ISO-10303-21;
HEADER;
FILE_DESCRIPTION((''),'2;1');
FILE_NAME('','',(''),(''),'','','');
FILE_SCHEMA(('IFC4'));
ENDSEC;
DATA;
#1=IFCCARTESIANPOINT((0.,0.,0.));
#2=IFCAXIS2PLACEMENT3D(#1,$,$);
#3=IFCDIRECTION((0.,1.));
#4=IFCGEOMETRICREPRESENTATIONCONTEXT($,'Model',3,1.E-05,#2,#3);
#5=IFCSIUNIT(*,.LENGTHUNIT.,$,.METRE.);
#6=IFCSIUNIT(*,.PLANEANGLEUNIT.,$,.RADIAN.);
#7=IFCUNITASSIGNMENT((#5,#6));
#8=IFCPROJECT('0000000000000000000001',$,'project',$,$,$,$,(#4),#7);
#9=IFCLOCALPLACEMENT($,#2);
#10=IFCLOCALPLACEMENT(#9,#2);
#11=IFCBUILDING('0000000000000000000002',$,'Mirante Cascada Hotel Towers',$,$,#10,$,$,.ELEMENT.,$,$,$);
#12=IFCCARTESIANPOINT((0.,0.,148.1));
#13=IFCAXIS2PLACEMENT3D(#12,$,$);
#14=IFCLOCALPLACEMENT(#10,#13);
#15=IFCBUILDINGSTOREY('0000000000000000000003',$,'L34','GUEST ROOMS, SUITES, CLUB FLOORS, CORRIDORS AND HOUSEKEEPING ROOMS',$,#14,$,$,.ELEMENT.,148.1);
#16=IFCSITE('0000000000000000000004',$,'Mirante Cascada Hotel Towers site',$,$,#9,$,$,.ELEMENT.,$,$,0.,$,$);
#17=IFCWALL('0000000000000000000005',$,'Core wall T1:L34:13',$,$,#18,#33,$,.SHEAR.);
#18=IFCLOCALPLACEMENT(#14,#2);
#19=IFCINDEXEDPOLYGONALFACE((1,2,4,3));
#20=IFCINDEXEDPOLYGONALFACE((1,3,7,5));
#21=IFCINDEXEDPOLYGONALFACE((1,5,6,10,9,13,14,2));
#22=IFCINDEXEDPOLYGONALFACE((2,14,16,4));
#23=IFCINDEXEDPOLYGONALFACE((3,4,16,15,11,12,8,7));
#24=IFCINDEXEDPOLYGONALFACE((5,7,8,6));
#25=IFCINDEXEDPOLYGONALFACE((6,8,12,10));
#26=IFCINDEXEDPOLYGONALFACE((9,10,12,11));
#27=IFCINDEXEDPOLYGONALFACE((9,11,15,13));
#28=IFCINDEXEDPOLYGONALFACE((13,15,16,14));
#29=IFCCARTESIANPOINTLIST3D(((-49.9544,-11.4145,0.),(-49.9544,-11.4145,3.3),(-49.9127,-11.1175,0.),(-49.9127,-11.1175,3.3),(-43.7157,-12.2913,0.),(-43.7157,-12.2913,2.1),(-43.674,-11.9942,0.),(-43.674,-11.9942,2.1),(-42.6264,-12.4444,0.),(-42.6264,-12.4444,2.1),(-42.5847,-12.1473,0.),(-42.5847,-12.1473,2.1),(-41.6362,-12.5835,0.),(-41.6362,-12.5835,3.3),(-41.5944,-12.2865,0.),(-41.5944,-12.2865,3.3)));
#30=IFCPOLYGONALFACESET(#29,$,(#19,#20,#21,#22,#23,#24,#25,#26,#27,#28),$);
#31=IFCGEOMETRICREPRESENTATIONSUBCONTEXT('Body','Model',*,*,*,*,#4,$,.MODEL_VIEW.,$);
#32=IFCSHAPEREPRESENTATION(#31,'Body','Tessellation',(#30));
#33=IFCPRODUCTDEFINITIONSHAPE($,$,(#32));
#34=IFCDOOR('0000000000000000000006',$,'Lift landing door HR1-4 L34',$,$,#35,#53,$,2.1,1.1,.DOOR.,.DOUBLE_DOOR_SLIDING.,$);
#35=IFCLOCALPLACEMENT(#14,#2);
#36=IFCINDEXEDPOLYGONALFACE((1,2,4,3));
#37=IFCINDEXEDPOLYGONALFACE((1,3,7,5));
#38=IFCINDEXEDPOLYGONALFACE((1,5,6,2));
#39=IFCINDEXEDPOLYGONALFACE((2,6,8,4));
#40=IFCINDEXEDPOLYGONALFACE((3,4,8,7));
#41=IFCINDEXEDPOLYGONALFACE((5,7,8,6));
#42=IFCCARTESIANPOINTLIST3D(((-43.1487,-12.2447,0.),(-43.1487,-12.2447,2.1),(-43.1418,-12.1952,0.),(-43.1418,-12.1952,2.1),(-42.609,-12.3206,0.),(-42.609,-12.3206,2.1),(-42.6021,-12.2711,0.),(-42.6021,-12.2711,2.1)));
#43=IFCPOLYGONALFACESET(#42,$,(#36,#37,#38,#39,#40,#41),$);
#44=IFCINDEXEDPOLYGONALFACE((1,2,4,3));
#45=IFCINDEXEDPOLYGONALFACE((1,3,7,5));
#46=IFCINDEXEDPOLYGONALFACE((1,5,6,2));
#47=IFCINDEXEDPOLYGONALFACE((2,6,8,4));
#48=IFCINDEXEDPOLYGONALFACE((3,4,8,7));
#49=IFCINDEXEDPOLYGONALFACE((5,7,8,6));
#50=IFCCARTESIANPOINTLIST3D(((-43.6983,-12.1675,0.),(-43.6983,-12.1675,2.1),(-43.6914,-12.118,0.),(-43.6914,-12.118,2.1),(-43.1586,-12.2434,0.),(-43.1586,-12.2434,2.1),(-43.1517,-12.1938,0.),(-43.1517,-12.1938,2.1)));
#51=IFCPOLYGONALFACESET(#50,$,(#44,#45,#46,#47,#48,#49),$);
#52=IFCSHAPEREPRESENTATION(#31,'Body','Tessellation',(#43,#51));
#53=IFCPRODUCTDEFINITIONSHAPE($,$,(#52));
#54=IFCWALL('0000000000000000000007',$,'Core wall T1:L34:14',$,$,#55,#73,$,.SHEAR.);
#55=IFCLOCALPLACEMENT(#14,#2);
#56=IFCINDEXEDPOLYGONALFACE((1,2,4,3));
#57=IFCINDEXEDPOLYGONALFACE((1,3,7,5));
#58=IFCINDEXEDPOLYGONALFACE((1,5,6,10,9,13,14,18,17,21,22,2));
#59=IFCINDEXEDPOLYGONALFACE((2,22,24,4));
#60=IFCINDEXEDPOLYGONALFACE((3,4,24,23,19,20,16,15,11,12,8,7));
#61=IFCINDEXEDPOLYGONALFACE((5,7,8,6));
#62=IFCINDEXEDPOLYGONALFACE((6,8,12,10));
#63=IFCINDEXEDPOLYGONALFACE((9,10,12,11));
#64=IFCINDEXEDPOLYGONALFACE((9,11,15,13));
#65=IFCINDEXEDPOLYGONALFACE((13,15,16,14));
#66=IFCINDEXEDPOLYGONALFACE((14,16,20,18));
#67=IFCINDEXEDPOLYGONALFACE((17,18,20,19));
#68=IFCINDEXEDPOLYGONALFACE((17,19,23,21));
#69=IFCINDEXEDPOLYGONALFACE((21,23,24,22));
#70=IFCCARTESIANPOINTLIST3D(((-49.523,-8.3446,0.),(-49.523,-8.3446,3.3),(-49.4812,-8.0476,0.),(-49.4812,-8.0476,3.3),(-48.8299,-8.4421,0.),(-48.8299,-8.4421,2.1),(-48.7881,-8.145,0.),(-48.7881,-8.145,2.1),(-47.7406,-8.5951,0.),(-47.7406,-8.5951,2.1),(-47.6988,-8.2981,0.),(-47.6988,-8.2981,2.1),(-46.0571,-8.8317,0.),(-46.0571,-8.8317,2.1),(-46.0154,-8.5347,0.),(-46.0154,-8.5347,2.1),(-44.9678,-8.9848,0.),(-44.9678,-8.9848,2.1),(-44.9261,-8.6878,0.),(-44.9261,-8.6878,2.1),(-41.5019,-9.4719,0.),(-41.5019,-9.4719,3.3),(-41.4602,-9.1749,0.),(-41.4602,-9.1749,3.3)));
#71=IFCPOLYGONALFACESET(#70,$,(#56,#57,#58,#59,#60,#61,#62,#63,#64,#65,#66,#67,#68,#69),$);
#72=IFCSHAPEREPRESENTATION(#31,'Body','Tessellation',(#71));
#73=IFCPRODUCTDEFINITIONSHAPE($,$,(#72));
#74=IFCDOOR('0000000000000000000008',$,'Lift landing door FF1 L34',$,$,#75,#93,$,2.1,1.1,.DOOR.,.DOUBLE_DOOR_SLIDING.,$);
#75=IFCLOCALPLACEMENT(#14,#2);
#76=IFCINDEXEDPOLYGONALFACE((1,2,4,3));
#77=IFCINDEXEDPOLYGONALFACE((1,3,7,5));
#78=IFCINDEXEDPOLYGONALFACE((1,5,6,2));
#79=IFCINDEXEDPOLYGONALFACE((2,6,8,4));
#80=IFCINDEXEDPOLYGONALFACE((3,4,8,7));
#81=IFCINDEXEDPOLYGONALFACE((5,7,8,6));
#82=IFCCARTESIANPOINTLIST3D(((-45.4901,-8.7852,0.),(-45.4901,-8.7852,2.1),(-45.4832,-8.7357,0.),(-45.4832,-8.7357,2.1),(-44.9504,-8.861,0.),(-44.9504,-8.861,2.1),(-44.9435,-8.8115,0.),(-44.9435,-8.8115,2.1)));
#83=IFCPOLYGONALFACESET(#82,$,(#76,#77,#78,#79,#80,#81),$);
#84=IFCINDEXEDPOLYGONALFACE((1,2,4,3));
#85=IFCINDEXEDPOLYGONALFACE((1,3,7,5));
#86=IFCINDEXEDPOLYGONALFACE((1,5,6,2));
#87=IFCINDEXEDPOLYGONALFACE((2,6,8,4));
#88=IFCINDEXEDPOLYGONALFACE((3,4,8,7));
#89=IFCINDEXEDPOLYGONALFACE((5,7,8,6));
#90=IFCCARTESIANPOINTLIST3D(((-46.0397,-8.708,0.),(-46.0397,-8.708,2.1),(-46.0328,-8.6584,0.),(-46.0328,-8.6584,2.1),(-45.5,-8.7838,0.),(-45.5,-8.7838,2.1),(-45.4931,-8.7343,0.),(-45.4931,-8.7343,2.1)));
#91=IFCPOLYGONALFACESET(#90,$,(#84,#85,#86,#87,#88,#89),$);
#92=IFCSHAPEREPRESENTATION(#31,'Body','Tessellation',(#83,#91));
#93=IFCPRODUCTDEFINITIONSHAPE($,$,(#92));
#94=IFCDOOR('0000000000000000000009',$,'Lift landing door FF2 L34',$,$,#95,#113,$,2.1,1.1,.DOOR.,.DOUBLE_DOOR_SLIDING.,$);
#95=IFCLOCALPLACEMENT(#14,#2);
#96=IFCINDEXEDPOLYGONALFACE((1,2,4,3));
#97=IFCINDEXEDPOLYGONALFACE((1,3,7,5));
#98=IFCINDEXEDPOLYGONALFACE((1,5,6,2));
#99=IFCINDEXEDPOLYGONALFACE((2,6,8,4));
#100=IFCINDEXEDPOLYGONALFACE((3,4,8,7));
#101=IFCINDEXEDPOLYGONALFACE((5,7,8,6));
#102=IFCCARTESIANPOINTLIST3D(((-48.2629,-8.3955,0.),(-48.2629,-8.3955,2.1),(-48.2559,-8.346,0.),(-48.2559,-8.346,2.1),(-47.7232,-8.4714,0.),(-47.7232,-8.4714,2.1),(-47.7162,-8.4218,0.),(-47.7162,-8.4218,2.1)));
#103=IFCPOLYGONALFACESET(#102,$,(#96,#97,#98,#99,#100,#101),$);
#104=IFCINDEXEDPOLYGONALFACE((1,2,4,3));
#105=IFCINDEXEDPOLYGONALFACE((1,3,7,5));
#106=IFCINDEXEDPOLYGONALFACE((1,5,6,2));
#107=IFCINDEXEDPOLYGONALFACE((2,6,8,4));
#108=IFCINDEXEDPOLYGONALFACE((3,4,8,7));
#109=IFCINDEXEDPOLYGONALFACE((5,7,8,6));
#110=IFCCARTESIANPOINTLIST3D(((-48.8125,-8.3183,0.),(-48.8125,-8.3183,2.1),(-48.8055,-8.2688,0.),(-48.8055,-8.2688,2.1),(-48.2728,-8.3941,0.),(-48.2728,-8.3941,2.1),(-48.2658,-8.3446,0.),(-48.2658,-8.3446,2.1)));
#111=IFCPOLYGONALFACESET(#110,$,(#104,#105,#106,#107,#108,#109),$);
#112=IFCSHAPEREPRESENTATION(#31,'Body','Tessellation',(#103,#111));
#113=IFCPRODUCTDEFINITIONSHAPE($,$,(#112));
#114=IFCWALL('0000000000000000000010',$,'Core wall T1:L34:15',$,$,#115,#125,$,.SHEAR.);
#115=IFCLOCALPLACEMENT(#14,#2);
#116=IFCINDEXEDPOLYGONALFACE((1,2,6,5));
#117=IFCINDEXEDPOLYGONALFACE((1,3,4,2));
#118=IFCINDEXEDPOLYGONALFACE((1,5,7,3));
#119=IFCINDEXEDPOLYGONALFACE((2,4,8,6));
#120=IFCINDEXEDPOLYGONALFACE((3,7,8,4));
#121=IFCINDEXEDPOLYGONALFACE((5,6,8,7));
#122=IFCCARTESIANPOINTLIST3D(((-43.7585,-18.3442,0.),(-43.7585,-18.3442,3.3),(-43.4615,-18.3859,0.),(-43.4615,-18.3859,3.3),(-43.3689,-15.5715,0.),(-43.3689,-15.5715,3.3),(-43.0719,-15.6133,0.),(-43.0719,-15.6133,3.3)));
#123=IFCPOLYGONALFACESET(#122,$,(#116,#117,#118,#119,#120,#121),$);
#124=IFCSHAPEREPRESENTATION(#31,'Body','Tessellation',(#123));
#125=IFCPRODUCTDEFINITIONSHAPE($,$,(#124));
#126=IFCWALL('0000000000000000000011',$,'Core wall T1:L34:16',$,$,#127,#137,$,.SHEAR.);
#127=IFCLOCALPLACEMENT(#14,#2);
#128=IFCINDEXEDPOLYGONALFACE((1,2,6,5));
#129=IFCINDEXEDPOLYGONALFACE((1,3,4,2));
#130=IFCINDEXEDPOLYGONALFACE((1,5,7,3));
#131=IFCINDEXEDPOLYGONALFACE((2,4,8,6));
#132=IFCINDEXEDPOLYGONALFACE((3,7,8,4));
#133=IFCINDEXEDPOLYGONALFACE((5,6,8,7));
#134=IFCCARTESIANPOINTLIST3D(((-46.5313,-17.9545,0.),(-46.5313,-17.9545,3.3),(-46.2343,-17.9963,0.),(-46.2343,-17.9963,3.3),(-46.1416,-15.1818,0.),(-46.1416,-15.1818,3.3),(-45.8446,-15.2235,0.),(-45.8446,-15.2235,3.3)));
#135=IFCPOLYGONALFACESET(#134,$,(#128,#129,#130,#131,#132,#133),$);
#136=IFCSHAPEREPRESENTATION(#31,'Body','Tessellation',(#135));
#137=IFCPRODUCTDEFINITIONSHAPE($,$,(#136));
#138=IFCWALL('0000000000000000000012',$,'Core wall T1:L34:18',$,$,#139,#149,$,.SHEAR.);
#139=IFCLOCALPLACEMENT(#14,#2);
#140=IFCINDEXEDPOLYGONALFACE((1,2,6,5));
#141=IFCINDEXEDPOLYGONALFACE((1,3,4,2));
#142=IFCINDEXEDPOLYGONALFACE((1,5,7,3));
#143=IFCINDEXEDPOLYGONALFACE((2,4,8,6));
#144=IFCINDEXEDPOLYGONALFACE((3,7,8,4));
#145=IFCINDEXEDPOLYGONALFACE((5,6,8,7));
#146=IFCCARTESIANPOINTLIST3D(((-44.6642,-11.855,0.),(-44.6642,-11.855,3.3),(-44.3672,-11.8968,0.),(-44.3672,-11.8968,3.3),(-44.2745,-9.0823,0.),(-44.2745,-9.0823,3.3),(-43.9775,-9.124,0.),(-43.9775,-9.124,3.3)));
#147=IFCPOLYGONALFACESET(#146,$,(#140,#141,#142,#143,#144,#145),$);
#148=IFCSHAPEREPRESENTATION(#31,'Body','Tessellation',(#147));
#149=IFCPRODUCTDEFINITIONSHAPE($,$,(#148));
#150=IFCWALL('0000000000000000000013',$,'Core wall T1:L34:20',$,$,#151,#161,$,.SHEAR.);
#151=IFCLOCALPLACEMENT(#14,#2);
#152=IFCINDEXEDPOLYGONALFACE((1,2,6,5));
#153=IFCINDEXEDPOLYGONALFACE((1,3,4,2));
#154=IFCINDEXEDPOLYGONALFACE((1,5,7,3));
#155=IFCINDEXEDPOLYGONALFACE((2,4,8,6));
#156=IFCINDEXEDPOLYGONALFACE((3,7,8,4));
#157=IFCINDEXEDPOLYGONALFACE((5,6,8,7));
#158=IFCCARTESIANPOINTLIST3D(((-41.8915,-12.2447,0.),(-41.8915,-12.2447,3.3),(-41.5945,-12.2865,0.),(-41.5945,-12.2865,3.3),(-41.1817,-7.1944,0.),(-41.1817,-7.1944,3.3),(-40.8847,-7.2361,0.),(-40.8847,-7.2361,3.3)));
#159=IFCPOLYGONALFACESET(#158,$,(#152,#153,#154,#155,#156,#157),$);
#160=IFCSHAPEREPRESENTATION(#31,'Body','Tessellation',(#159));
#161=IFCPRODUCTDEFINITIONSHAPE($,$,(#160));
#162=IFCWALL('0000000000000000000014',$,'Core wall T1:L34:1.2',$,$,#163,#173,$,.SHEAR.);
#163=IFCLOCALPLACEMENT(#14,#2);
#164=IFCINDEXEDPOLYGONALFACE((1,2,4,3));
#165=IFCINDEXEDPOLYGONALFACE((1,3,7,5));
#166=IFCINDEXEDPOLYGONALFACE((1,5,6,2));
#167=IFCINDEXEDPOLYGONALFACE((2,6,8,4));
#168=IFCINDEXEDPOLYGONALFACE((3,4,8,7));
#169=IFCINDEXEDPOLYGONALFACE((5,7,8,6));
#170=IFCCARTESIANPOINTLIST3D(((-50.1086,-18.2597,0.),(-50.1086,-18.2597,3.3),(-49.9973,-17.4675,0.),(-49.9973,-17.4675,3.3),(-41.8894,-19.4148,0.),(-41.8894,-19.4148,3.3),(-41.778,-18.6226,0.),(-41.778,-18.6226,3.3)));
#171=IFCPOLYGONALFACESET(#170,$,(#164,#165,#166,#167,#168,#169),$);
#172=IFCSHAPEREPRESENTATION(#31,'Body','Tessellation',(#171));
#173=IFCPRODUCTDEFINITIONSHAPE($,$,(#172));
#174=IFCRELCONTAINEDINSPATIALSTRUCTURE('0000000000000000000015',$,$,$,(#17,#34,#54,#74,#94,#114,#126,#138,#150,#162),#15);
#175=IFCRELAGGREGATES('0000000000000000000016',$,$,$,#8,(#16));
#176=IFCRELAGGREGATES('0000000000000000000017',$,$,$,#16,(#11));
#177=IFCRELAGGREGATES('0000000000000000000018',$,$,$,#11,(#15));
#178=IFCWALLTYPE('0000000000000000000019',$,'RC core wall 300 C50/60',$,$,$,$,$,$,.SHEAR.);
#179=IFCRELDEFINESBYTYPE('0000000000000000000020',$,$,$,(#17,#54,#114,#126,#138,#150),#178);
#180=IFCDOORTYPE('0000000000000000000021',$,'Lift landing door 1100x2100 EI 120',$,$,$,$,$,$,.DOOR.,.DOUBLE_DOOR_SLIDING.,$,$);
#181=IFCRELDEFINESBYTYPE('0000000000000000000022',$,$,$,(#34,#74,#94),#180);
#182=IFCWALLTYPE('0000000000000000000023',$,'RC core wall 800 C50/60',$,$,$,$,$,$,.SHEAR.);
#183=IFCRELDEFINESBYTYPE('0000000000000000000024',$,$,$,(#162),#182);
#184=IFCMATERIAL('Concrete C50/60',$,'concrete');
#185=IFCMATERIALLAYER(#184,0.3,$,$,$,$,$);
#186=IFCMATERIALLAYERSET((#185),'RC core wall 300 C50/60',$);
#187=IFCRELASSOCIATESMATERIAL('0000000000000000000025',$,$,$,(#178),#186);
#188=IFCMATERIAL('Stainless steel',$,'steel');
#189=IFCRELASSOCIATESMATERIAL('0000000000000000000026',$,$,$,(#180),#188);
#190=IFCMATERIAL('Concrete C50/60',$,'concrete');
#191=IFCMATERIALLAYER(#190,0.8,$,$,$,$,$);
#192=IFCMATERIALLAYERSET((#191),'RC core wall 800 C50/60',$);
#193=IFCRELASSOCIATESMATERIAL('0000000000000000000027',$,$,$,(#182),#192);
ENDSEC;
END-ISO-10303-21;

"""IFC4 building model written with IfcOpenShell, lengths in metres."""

from ifc_helpers import new_model, si_unit, direction, frame, frame_2d, origin, place, context, subcontext, project, spatial, rectangle, extrude, material, layer, layer_set, type_object, element, fill, save


model = new_model("IFC4")

# Units and contexts
model_context = context("Model", 3, precision=1e-05, world=origin(), true_north=direction((0.0, 1.0)))
body_context = subcontext(model_context, "Body", "Model", "MODEL_VIEW")
ifc_project = project(units=[si_unit("LENGTHUNIT", "METRE"), si_unit("PLANEANGLEUNIT", "RADIAN")], contexts=[model_context])

# Site, building, storey
site_placement = place(None, origin())
site = spatial("IfcSite", under=ifc_project, at=site_placement, Name="Mirante Cascada Hotel Towers site", CompositionType="ELEMENT", RefElevation=0.0)
building_placement = place(site_placement, origin())
building = spatial("IfcBuilding", under=site, at=building_placement, Name="Mirante Cascada Hotel Towers", CompositionType="ELEMENT")
storey_placement = place(building_placement, frame((0.0, 0.0, 148.1)))
storey = spatial("IfcBuildingStorey", under=building, at=storey_placement, Name="L34", Description="GUEST ROOMS, SUITES, CLUB FLOORS, CORRIDORS AND HOUSEKEEPING ROOMS", CompositionType="ELEMENT", Elevation=148.1)

# Shared definitions
ifc_material_1 = material(Name="Concrete C50/60", Category="concrete")
ifc_layer_1 = layer(ifc_material_1, 0.3)
ifc_layer_set_1 = layer_set([ifc_layer_1], Name="RC core wall 300 C50/60")
wall_type_1 = type_object("IfcWallType", Name="RC core wall 300 C50/60", PredefinedType="SHEAR", material=ifc_layer_set_1)

# Shared definitions
ifc_material_2 = material(Name="Stainless steel", Category="steel")
door_type_1 = type_object("IfcDoorType", Name="Lift landing door 1100x2100 EI 120", OperationType="DOUBLE_DOOR_SLIDING", PredefinedType="DOOR", material=ifc_material_2)

# Wall, opening, door
wall_1_placement = place(storey_placement, frame((-41.6153, -12.435, 0.0), z_axis=(0.0, 0.0, 1.0), x_axis=(-0.990269, 0.139166, 0.0)))
wall_1 = element("IfcWall", 1, at=wall_1_placement, inside=storey, type_object=wall_type_1, Name="Core wall T1:L34:13", PredefinedType="SHEAR", context=body_context, shape_type="SweptSolid", body=[
    extrude(rectangle(XDim=8.4, YDim=0.3, at=frame_2d((4.2, 0.0))), origin(), (0.0, 0.0, 1.0), 3.3),
])
opening_1_placement = place(wall_1_placement, frame((1.0, 0.0, 0.0)))
opening_1 = element("IfcOpeningElement", 2, at=opening_1_placement, cuts=wall_1, PredefinedType="OPENING", context=body_context, shape_type="SweptSolid", body=[
    extrude(rectangle(XDim=1.1, YDim=2.1, at=frame_2d((0.55, 1.05))), frame((0.0, 0.15, 0.0), z_axis=(0.0, -1.0, 0.0), x_axis=(1.0, 0.0, 0.0)), (0.0, 0.0, 1.0), 0.3),
])
door_1_placement = place(opening_1_placement, origin())
door_1 = element("IfcDoor", 3, at=door_1_placement, inside=storey, type_object=door_type_1, Name="Lift landing door HR1-4 L34", OperationType="DOUBLE_DOOR_SLIDING", OverallHeight=2.1, OverallWidth=1.1, PredefinedType="DOOR", context=body_context, shape_type="SweptSolid", body=[
    extrude(rectangle(XDim=0.545, YDim=2.1, at=frame_2d((0.2725, 1.05))), frame((0.0, 0.025, 0.0), z_axis=(0.0, -1.0, 0.0), x_axis=(1.0, 0.0, 0.0)), (0.0, 0.0, 1.0), 0.05),
    extrude(rectangle(XDim=0.545, YDim=2.1, at=frame_2d((0.8275, 1.05))), frame((0.0, 0.025, 0.0), z_axis=(0.0, -1.0, 0.0), x_axis=(1.0, 0.0, 0.0)), (0.0, 0.0, 1.0), 0.05),
])
fill(opening_1, door_1)

# Wall, openings, doors
wall_2_placement = place(storey_placement, frame((-41.481, -9.3234, 0.0), z_axis=(0.0, 0.0, 1.0), x_axis=(-0.990268, 0.139174, 0.0)))
wall_2 = element("IfcWall", 4, at=wall_2_placement, inside=storey, type_object=wall_type_1, Name="Core wall T1:L34:14", PredefinedType="SHEAR", context=body_context, shape_type="SweptSolid", body=[
    extrude(rectangle(XDim=8.0999, YDim=0.3, at=frame_2d((4.05, 0.0))), origin(), (0.0, 0.0, 1.0), 3.3),
])
opening_2_placement = place(wall_2_placement, frame((3.5, 0.0, 0.0)))
opening_2 = element("IfcOpeningElement", 5, at=opening_2_placement, cuts=wall_2, PredefinedType="OPENING", context=body_context, shape_type="SweptSolid", body=[
    extrude(rectangle(XDim=1.1, YDim=2.1, at=frame_2d((0.55, 1.05))), frame((0.0, 0.15, 0.0), z_axis=(0.0, -1.0, 0.0), x_axis=(1.0, 0.0, 0.0)), (0.0, 0.0, 1.0), 0.3),
])
opening_3_placement = place(wall_2_placement, frame((6.3, 0.0, 0.0)))
opening_3 = element("IfcOpeningElement", 6, at=opening_3_placement, cuts=wall_2, PredefinedType="OPENING", context=body_context, shape_type="SweptSolid", body=[
    extrude(rectangle(XDim=1.1, YDim=2.1, at=frame_2d((0.55, 1.05))), frame((0.0, 0.15, 0.0), z_axis=(0.0, -1.0, 0.0), x_axis=(1.0, 0.0, 0.0)), (0.0, 0.0, 1.0), 0.3),
])
door_2_placement = place(opening_2_placement, origin())
door_2 = element("IfcDoor", 7, at=door_2_placement, inside=storey, type_object=door_type_1, Name="Lift landing door FF1 L34", OperationType="DOUBLE_DOOR_SLIDING", OverallHeight=2.1, OverallWidth=1.1, PredefinedType="DOOR", context=body_context, shape_type="SweptSolid", body=[
    extrude(rectangle(XDim=0.545, YDim=2.1, at=frame_2d((0.2725, 1.05))), frame((0.0, 0.025, 0.0), z_axis=(0.0, -1.0, 0.0), x_axis=(1.0, 0.0, 0.0)), (0.0, 0.0, 1.0), 0.05),
    extrude(rectangle(XDim=0.545, YDim=2.1, at=frame_2d((0.8275, 1.05))), frame((0.0, 0.025, 0.0), z_axis=(0.0, -1.0, 0.0), x_axis=(1.0, 0.0, 0.0)), (0.0, 0.0, 1.0), 0.05),
])
fill(opening_2, door_2)
door_3_placement = place(opening_3_placement, origin())
door_3 = element("IfcDoor", 8, at=door_3_placement, inside=storey, type_object=door_type_1, Name="Lift landing door FF2 L34", OperationType="DOUBLE_DOOR_SLIDING", OverallHeight=2.1, OverallWidth=1.1, PredefinedType="DOOR", context=body_context, shape_type="SweptSolid", body=[
    extrude(rectangle(XDim=0.545, YDim=2.1, at=frame_2d((0.2725, 1.05))), frame((0.0, 0.025, 0.0), z_axis=(0.0, -1.0, 0.0), x_axis=(1.0, 0.0, 0.0)), (0.0, 0.0, 1.0), 0.05),
    extrude(rectangle(XDim=0.545, YDim=2.1, at=frame_2d((0.8275, 1.05))), frame((0.0, 0.025, 0.0), z_axis=(0.0, -1.0, 0.0), x_axis=(1.0, 0.0, 0.0)), (0.0, 0.0, 1.0), 0.05),
])
fill(opening_3, door_3)

# Walls
wall_3_placement = place(storey_placement, frame((-43.61, -18.3651, 0.0), z_axis=(0.0, 0.0, 1.0), x_axis=(0.139146, 0.990272, 0.0)))
element("IfcWall", 9, at=wall_3_placement, inside=storey, type_object=wall_type_1, Name="Core wall T1:L34:15", PredefinedType="SHEAR", context=body_context, shape_type="SweptSolid", body=[
    extrude(rectangle(XDim=2.7999, YDim=0.3, at=frame_2d((1.4, 0.0))), origin(), (0.0, 0.0, 1.0), 3.3),
])
for number, where, z_axis, x_axis, name in (
    (10, (-46.3828, -17.9754, 0.0), (0.0, 0.0, 1.0), (0.139181, 0.990267, 0.0), "Core wall T1:L34:16"),
    (11, (-44.5157, -11.8759, 0.0), (0.0, 0.0, 1.0), (0.139181, 0.990267, 0.0), "Core wall T1:L34:18"),
):
    element("IfcWall", number, at=place(storey_placement, frame(where, z_axis=z_axis, x_axis=x_axis)), inside=storey, type_object=wall_type_1, Name=name, PredefinedType="SHEAR", context=body_context, shape_type="SweptSolid", body=[
        extrude(rectangle(XDim=2.8, YDim=0.3, at=frame_2d((1.4, 0.0))), origin(), (0.0, 0.0, 1.0), 3.3),
    ])
wall_4_placement = place(storey_placement, frame((-41.743, -12.2656, 0.0), z_axis=(0.0, 0.0, 1.0), x_axis=(0.139176, 0.990268, 0.0)))
element("IfcWall", 12, at=wall_4_placement, inside=storey, type_object=wall_type_1, Name="Core wall T1:L34:20", PredefinedType="SHEAR", context=body_context, shape_type="SweptSolid", body=[
    extrude(rectangle(XDim=5.1, YDim=0.3, at=frame_2d((2.55, 0.0))), origin(), (0.0, 0.0, 1.0), 3.3),
])
ifc_material_3 = material(Name="Concrete C50/60", Category="concrete")
ifc_layer_2 = layer(ifc_material_3, 0.8)
ifc_layer_set_2 = layer_set([ifc_layer_2], Name="RC core wall 800 C50/60")
wall_type_2 = type_object("IfcWallType", Name="RC core wall 800 C50/60", PredefinedType="SHEAR", material=ifc_layer_set_2)
wall_5_placement = place(storey_placement, frame((-41.8337, -19.0187, 0.0), z_axis=(0.0, 0.0, 1.0), x_axis=(-0.990269, 0.139169, 0.0)))
element("IfcWall", 13, at=wall_5_placement, inside=storey, type_object=wall_type_2, Name="Core wall T1:L34:1.2", PredefinedType="SHEAR", context=body_context, shape_type="SweptSolid", body=[
    extrude(rectangle(XDim=8.3, YDim=0.8, at=frame_2d((4.15, 0.0))), origin(), (0.0, 0.0, 1.0), 3.3),
])

save(model, "model.ifc")
